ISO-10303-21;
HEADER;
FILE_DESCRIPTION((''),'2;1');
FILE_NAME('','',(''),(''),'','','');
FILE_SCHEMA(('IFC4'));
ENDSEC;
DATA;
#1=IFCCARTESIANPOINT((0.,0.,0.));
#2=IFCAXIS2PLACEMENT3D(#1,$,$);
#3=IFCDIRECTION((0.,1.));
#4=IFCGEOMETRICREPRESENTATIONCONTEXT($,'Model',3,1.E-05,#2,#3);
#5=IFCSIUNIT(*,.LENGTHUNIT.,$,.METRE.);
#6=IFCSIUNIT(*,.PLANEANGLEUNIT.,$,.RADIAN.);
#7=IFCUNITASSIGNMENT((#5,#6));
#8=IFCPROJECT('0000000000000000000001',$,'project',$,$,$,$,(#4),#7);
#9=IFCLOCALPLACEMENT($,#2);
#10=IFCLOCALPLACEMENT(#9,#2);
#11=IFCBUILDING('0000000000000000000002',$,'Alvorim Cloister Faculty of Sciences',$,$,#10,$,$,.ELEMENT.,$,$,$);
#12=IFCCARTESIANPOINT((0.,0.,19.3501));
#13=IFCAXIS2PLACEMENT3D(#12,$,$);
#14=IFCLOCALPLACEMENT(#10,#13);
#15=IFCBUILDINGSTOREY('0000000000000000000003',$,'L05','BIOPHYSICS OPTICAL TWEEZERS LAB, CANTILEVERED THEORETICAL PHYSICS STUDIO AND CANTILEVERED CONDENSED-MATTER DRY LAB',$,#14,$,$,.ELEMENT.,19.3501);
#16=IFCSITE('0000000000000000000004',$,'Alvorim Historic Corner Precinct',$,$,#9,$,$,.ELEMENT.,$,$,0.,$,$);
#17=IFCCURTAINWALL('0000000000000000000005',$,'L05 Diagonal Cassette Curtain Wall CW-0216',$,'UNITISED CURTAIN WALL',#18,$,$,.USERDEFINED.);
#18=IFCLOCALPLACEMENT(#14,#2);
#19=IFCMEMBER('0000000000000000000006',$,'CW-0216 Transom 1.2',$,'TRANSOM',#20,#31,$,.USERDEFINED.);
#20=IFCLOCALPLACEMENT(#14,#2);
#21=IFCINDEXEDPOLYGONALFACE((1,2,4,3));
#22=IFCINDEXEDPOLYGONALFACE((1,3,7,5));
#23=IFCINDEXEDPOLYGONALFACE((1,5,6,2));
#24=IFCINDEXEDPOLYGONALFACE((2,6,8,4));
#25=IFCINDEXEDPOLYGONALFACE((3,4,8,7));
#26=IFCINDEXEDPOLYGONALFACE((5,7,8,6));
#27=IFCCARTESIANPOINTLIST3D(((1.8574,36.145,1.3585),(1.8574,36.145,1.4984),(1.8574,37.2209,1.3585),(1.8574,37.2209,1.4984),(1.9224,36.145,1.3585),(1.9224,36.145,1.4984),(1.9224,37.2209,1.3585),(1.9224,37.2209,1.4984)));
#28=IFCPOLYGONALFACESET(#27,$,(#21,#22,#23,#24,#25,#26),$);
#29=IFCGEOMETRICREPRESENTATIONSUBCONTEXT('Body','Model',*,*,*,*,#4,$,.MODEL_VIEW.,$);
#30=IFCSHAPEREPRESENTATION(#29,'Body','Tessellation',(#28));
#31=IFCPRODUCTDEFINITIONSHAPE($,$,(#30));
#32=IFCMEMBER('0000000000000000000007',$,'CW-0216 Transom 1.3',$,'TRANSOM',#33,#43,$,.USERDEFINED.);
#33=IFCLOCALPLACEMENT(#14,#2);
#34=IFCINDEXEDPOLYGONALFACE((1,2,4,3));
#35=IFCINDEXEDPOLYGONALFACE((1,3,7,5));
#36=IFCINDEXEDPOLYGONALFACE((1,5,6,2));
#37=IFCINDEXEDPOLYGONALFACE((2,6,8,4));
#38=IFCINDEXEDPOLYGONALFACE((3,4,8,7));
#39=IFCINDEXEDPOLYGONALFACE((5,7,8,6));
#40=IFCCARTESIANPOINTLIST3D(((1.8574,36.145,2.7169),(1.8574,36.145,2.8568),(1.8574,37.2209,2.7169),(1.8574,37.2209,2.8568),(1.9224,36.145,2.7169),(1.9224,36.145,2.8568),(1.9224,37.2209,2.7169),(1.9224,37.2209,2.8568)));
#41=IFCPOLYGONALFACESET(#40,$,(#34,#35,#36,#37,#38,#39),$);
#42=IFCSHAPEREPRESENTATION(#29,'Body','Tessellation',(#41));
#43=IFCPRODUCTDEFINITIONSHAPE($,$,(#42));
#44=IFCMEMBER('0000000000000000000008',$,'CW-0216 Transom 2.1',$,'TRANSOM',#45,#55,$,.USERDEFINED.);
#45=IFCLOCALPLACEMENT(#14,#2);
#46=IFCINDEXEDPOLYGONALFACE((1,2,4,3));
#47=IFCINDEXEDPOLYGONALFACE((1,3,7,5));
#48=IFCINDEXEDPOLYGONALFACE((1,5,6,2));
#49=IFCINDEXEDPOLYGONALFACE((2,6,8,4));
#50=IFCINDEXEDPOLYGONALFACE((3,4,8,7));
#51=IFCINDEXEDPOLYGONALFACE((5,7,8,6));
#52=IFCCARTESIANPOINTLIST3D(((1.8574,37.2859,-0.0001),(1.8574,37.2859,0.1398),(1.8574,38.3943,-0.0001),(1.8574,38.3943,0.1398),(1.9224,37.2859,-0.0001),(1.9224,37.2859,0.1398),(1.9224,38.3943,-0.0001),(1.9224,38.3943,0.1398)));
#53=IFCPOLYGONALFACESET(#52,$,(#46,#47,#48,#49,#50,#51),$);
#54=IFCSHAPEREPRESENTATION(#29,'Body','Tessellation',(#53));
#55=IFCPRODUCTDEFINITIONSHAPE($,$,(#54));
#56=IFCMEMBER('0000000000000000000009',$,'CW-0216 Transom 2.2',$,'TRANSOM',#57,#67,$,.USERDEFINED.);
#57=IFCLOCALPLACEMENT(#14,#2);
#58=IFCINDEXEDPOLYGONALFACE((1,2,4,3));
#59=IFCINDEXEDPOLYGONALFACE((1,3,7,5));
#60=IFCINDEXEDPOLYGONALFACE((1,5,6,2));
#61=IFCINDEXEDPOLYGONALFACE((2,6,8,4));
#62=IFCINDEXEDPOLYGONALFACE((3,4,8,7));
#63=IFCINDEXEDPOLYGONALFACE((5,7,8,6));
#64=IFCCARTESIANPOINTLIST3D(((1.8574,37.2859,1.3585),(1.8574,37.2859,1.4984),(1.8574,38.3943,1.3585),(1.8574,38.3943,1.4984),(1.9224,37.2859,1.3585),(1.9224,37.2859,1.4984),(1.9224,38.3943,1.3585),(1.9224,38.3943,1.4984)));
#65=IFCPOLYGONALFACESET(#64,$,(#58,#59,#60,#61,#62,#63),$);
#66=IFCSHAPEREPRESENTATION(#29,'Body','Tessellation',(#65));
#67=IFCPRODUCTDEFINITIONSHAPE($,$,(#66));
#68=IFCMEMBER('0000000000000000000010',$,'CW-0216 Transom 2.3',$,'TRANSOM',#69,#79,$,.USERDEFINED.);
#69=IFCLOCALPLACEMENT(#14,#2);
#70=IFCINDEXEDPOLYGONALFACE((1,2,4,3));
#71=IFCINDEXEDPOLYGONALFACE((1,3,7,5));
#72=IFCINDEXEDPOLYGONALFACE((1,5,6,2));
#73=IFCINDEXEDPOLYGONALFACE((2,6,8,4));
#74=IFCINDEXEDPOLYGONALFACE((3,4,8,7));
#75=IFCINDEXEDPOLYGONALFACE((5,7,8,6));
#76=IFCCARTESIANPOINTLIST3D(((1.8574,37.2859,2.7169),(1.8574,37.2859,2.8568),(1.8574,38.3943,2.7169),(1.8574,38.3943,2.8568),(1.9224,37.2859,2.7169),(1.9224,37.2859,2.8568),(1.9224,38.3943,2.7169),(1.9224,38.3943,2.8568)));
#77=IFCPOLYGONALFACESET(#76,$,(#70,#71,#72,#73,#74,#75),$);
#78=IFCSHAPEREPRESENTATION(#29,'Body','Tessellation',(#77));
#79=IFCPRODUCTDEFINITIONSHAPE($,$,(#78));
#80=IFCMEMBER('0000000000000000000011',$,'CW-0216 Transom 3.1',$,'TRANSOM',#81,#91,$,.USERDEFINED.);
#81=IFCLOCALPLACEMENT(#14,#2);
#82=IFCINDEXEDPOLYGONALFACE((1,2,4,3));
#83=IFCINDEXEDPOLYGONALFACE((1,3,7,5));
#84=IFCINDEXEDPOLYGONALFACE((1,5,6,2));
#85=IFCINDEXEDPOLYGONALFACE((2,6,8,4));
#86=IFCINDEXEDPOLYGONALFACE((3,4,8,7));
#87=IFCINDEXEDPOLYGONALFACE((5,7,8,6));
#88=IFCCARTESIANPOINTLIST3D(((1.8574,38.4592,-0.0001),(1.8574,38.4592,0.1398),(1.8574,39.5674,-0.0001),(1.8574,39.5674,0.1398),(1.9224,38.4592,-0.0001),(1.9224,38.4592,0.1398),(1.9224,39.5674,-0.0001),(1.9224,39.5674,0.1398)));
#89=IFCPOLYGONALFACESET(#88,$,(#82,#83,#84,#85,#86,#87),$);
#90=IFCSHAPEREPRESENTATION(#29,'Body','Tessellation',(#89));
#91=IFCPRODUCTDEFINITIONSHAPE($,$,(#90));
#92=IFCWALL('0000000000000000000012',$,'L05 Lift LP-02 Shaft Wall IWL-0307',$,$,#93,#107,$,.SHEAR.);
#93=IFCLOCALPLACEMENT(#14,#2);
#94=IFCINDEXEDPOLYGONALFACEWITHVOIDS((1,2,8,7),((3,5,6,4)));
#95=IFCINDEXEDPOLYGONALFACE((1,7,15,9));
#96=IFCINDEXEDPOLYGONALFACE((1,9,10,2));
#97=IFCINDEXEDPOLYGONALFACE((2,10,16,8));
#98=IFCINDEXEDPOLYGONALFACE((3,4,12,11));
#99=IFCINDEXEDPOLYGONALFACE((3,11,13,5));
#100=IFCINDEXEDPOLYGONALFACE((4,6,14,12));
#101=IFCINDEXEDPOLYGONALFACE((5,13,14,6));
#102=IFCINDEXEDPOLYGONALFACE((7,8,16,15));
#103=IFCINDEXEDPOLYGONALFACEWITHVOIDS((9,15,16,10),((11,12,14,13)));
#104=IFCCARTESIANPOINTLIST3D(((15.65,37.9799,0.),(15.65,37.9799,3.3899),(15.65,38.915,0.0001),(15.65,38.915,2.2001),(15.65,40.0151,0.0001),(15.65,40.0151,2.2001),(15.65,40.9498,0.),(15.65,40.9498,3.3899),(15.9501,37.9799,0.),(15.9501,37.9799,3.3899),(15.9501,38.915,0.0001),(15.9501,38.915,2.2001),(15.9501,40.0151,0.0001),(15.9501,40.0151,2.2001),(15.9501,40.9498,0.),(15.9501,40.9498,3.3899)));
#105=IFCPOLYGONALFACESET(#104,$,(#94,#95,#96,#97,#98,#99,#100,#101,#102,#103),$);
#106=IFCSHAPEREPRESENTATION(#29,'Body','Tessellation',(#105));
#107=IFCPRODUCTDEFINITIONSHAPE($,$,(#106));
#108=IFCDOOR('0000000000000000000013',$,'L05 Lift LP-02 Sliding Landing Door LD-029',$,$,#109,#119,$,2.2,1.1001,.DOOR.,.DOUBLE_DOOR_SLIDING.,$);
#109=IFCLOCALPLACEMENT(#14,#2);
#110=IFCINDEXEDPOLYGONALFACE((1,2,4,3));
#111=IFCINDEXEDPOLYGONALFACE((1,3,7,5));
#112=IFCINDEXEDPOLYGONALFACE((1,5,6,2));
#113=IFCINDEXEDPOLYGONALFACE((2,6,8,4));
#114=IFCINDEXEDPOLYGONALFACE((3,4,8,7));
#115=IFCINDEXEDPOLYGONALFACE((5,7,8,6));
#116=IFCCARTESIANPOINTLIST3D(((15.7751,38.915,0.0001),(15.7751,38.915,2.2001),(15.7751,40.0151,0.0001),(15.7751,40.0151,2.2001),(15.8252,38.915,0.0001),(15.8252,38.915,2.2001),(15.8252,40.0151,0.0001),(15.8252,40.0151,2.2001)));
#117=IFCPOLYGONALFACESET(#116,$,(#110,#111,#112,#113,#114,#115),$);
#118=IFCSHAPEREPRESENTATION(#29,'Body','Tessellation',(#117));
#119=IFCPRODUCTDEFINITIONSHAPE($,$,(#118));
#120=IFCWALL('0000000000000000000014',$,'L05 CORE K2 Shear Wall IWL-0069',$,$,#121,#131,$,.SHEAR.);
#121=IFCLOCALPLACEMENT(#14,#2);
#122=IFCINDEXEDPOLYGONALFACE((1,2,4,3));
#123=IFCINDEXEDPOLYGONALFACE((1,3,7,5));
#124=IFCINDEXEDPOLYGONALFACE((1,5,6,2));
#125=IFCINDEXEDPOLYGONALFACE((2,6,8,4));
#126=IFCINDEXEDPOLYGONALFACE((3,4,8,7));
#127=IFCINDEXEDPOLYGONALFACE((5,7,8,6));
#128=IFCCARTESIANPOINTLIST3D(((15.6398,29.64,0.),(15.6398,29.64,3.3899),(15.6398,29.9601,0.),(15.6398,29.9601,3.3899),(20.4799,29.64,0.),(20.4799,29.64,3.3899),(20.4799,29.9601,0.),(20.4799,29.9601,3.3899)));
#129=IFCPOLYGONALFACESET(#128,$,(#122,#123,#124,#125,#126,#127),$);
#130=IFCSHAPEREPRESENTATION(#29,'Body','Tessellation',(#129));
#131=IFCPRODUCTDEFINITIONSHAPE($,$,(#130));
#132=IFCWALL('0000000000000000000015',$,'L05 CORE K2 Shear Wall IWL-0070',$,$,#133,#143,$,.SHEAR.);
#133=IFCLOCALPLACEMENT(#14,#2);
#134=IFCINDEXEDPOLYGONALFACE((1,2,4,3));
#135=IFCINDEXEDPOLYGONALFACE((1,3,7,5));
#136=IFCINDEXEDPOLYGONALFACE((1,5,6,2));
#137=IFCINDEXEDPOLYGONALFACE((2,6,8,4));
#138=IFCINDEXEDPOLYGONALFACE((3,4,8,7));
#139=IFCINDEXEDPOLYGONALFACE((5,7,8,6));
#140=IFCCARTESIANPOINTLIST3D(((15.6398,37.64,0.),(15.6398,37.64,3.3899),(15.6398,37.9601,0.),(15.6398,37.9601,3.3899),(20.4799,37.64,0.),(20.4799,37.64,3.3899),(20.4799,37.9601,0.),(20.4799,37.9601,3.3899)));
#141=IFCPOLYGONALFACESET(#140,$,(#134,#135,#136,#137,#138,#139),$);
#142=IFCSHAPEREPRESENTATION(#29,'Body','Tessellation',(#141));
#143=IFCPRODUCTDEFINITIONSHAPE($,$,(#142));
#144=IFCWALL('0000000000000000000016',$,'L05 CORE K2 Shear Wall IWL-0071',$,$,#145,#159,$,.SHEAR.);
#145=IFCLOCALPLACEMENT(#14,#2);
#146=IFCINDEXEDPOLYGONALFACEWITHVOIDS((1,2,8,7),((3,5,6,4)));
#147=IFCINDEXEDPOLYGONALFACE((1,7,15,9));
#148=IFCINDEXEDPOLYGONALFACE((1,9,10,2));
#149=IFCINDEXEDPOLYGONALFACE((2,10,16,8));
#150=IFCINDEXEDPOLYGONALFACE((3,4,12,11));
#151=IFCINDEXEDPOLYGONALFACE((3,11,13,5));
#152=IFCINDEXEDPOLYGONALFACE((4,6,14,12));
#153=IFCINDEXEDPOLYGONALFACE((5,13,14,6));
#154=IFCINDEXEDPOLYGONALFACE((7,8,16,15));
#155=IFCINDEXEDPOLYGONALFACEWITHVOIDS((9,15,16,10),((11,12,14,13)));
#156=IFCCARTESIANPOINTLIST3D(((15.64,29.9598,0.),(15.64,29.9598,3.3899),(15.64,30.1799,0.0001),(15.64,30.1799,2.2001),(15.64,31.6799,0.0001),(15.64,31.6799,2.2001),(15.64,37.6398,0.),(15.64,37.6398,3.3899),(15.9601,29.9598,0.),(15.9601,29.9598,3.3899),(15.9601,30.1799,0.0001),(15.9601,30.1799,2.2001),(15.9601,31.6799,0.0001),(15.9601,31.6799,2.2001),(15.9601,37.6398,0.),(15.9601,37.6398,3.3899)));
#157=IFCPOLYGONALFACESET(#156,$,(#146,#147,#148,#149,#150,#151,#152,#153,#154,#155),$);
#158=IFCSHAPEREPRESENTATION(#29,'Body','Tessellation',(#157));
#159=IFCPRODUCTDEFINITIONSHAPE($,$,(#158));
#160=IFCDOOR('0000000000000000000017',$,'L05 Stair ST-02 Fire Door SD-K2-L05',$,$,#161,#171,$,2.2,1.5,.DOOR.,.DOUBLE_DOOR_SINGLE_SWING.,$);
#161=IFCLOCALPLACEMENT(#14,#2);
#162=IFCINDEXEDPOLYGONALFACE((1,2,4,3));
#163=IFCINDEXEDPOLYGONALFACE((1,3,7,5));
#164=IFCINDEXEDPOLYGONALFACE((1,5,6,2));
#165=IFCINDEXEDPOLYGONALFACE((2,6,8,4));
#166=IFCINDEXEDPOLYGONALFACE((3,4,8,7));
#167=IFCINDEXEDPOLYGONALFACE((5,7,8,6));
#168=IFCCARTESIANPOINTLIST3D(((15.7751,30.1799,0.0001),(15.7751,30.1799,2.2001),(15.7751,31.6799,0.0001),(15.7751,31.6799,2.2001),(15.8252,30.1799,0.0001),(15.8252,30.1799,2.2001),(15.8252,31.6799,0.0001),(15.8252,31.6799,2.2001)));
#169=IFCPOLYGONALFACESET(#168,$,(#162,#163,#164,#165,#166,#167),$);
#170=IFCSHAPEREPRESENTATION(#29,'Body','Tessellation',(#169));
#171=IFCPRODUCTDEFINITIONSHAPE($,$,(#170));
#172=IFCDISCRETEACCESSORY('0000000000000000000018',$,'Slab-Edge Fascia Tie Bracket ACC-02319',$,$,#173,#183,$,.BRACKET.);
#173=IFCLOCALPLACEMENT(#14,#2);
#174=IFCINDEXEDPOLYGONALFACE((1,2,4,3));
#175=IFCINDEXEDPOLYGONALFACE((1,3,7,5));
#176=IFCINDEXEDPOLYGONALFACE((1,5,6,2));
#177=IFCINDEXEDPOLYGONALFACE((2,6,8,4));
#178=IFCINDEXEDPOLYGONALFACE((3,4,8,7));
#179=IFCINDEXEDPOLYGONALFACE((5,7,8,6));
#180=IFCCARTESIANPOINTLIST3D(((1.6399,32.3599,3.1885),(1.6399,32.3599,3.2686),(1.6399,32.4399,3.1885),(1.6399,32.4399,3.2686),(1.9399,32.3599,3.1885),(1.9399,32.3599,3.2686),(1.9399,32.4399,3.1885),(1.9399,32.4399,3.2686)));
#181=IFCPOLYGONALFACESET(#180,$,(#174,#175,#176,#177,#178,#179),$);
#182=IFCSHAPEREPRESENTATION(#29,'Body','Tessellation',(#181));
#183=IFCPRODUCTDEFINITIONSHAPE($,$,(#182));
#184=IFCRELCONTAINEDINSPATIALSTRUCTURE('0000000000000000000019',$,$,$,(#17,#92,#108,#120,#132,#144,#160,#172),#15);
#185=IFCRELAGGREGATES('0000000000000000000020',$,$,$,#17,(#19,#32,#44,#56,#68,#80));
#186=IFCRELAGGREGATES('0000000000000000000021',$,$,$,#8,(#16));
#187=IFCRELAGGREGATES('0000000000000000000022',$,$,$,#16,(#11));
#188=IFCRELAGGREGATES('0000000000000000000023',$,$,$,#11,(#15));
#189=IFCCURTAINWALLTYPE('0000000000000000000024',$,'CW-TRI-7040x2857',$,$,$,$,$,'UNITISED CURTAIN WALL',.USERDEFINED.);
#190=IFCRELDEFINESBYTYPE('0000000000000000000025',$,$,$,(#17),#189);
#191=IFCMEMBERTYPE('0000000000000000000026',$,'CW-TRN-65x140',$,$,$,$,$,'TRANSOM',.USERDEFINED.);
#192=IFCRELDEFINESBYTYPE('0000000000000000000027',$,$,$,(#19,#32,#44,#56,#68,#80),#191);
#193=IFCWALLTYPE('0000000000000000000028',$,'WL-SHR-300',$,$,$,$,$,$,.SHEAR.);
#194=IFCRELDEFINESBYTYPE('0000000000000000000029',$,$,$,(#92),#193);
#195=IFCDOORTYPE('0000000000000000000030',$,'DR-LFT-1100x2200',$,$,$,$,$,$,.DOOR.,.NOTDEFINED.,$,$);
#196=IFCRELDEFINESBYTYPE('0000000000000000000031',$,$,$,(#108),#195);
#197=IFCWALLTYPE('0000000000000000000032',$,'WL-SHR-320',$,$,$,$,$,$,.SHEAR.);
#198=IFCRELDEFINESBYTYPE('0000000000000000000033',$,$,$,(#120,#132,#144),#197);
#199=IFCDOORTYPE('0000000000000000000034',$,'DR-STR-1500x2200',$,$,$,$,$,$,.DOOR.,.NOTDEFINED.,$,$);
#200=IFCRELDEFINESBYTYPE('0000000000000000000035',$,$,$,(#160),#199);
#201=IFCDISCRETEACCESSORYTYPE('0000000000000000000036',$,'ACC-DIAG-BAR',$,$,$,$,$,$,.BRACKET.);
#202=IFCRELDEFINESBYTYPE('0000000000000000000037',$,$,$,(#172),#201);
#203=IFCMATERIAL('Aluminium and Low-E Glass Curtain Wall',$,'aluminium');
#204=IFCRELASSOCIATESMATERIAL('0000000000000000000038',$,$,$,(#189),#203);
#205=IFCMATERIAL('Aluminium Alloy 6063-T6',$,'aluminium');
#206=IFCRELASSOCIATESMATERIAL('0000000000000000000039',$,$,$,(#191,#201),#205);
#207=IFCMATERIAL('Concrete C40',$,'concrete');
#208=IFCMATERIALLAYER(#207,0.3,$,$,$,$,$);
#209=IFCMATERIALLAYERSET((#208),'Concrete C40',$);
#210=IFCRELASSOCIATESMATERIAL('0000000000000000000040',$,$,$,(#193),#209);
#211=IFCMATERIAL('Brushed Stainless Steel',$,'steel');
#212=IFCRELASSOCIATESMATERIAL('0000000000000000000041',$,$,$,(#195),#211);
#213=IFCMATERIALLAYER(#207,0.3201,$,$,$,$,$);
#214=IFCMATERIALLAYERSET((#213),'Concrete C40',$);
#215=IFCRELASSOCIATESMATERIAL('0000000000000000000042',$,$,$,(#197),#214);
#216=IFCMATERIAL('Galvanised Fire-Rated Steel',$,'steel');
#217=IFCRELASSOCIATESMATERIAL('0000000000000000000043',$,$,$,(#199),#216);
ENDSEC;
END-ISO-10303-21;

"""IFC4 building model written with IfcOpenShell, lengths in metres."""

from ifc_helpers import new_model, si_unit, direction, frame, frame_2d, origin, origin_2d, place, context, subcontext, project, spatial, rectangle, extrude, material, layer, layer_set, material_profile, profile_set, type_object, element, fill, aggregate, save


model = new_model("IFC4")

# Units and contexts
model_context = context("Model", 3, precision=1e-05, world=origin(), true_north=direction((0.0, 1.0)))
body_context = subcontext(model_context, "Body", "Model", "MODEL_VIEW")
ifc_project = project(units=[si_unit("LENGTHUNIT", "METRE"), si_unit("PLANEANGLEUNIT", "RADIAN")], contexts=[model_context])

# Site, building, storey
site_placement = place(None, origin())
site = spatial("IfcSite", under=ifc_project, at=site_placement, Name="Alvorim Historic Corner Precinct", CompositionType="ELEMENT", RefElevation=0.0)
building_placement = place(site_placement, origin())
building = spatial("IfcBuilding", under=site, at=building_placement, Name="Alvorim Cloister Faculty of Sciences", CompositionType="ELEMENT")
storey_placement = place(building_placement, frame((0.0, 0.0, 19.3501)))
storey = spatial("IfcBuildingStorey", under=building, at=storey_placement, Name="L05", Description="BIOPHYSICS OPTICAL TWEEZERS LAB, CANTILEVERED THEORETICAL PHYSICS STUDIO AND CANTILEVERED CONDENSED-MATTER DRY LAB", CompositionType="ELEMENT", Elevation=19.3501)

# Curtain wall, members
ifc_material_1 = material(Name="Aluminium and Low-E Glass Curtain Wall", Category="aluminium")
curtain_wall_type = type_object("IfcCurtainWallType", Name="CW-TRI-7040x2857", ElementType="UNITISED CURTAIN WALL", PredefinedType="USERDEFINED", material=ifc_material_1)
curtain_wall_placement = place(storey_placement, origin())
curtain_wall = element("IfcCurtainWall", 1, at=curtain_wall_placement, inside=storey, type_object=curtain_wall_type, Name="L05 Diagonal Cassette Curtain Wall CW-0216", ObjectType="UNITISED CURTAIN WALL", PredefinedType="USERDEFINED")
ifc_material_2 = material(Name="Aluminium Alloy 6063-T6", Category="aluminium")
ifc_material_profile_1 = material_profile(ifc_material_2, rectangle(XDim=0.0649, YDim=0.1399, at=origin_2d()), Name="ALU-TRN-65x140")
ifc_profile_set_1 = profile_set([ifc_material_profile_1], Name="Aluminium Alloy 6063-T6")
member_type_1 = type_object("IfcMemberType", Name="CW-TRN-65x140", ElementType="TRANSOM", PredefinedType="USERDEFINED", material=ifc_profile_set_1)
member_1_placement = place(storey_placement, frame((1.8899, 36.145, 1.4285), z_axis=(0.0, 1.0, 0.0), x_axis=(-1.0, 0.0, 0.0)))
member_1 = element("IfcMember", 2, at=member_1_placement, type_object=member_type_1, Name="CW-0216 Transom 1.2", ObjectType="TRANSOM", PredefinedType="USERDEFINED", context=body_context, shape_type="SweptSolid", body=[
    extrude(rectangle(XDim=0.0649, YDim=0.1399, at=origin_2d()), origin(), (0.0, 0.0, 1.0), 1.0759),
])
member_2_placement = place(storey_placement, frame((1.8899, 36.145, 2.7869), z_axis=(0.0, 1.0, 0.0), x_axis=(-1.0, 0.0, 0.0)))
member_2 = element("IfcMember", 3, at=member_2_placement, type_object=member_type_1, Name="CW-0216 Transom 1.3", ObjectType="TRANSOM", PredefinedType="USERDEFINED", context=body_context, shape_type="SweptSolid", body=[
    extrude(rectangle(XDim=0.0649, YDim=0.1399, at=origin_2d()), origin(), (0.0, 0.0, 1.0), 1.0759),
])
member_3_placement = place(storey_placement, frame((1.8899, 37.2859, 0.0698), z_axis=(0.0, 1.0, 0.0), x_axis=(-1.0, 0.0, 0.0)))
member_3 = element("IfcMember", 4, at=member_3_placement, type_object=member_type_1, Name="CW-0216 Transom 2.1", ObjectType="TRANSOM", PredefinedType="USERDEFINED", context=body_context, shape_type="SweptSolid", body=[
    extrude(rectangle(XDim=0.0649, YDim=0.1399, at=origin_2d()), origin(), (0.0, 0.0, 1.0), 1.1084),
])
member_4_placement = place(storey_placement, frame((1.8899, 37.2859, 1.4285), z_axis=(0.0, 1.0, 0.0), x_axis=(-1.0, 0.0, 0.0)))
member_4 = element("IfcMember", 5, at=member_4_placement, type_object=member_type_1, Name="CW-0216 Transom 2.2", ObjectType="TRANSOM", PredefinedType="USERDEFINED", context=body_context, shape_type="SweptSolid", body=[
    extrude(rectangle(XDim=0.0649, YDim=0.1399, at=origin_2d()), origin(), (0.0, 0.0, 1.0), 1.1084),
])
member_5_placement = place(storey_placement, frame((1.8899, 37.2859, 2.7869), z_axis=(0.0, 1.0, 0.0), x_axis=(-1.0, 0.0, 0.0)))
member_5 = element("IfcMember", 6, at=member_5_placement, type_object=member_type_1, Name="CW-0216 Transom 2.3", ObjectType="TRANSOM", PredefinedType="USERDEFINED", context=body_context, shape_type="SweptSolid", body=[
    extrude(rectangle(XDim=0.0649, YDim=0.1399, at=origin_2d()), origin(), (0.0, 0.0, 1.0), 1.1084),
])
member_6_placement = place(storey_placement, frame((1.8899, 38.4592, 0.0698), z_axis=(0.0, 1.0, 0.0), x_axis=(-1.0, 0.0, 0.0)))
member_6 = element("IfcMember", 7, at=member_6_placement, type_object=member_type_1, Name="CW-0216 Transom 3.1", ObjectType="TRANSOM", PredefinedType="USERDEFINED", context=body_context, shape_type="SweptSolid", body=[
    extrude(rectangle(XDim=0.0649, YDim=0.1399, at=origin_2d()), origin(), (0.0, 0.0, 1.0), 1.1082),
])
aggregate(curtain_wall, [member_1, member_2, member_3, member_4, member_5, member_6])

# Wall, opening, door
ifc_material_3 = material(Name="Concrete C40", Category="concrete")
ifc_layer_1 = layer(ifc_material_3, 0.3)
ifc_layer_set_1 = layer_set([ifc_layer_1], Name="Concrete C40")
wall_type_1 = type_object("IfcWallType", Name="WL-SHR-300", PredefinedType="SHEAR", material=ifc_layer_set_1)
wall_1_placement = place(storey_placement, frame((15.8, 37.98, 0.0), z_axis=(0.0, 0.0, 1.0), x_axis=(0.0, 1.0, 0.0)))
wall_1 = element("IfcWall", 8, at=wall_1_placement, inside=storey, type_object=wall_type_1, Name="L05 Lift LP-02 Shaft Wall IWL-0307", PredefinedType="SHEAR", context=body_context, shape_type="SweptSolid", body=[
    extrude(rectangle(XDim=2.97, YDim=0.3, at=frame_2d((1.4849, 0.0))), origin(), (0.0, 0.0, 1.0), 3.3899),
])
opening_1_placement = place(wall_1_placement, frame((0.9351, 0.0, 0.0)))
opening_1 = element("IfcOpeningElement", 9, at=opening_1_placement, cuts=wall_1, PredefinedType="OPENING", context=body_context, shape_type="SweptSolid", body=[
    extrude(rectangle(XDim=1.1001, YDim=2.2, at=frame_2d((0.55, 1.1001))), frame((0.0, 0.1621, 0.0), z_axis=(0.0, -1.0, 0.0), x_axis=(1.0, 0.0, 0.0)), (0.0, 0.0, 1.0), 0.324),
])
ifc_material_4 = material(Name="Brushed Stainless Steel", Category="steel")
door_type_1 = type_object("IfcDoorType", Name="DR-LFT-1100x2200", OperationType="NOTDEFINED", PredefinedType="DOOR", material=ifc_material_4)
door_1_placement = place(opening_1_placement, origin())
door_1 = element("IfcDoor", 10, at=door_1_placement, inside=storey, type_object=door_type_1, Name="L05 Lift LP-02 Sliding Landing Door LD-029", OperationType="DOUBLE_DOOR_SLIDING", OverallHeight=2.2, OverallWidth=1.1001, PredefinedType="DOOR", context=body_context, shape_type="SweptSolid", body=[
    extrude(rectangle(XDim=1.1001, YDim=2.2, at=frame_2d((0.55, 1.1001))), frame((0.0, 0.0249, 0.0), z_axis=(0.0, -1.0, 0.0), x_axis=(1.0, 0.0, 0.0)), (0.0, 0.0, 1.0), 0.05),
])
fill(opening_1, door_1)

# Walls
ifc_layer_2 = layer(ifc_material_3, 0.3201)
ifc_layer_set_2 = layer_set([ifc_layer_2], Name="Concrete C40")
wall_type_2 = type_object("IfcWallType", Name="WL-SHR-320", PredefinedType="SHEAR", material=ifc_layer_set_2)
for number, where, z_axis, x_axis, name in (
    (11, (15.6399, 29.8, 0.0), (0.0, 0.0, 1.0), (1.0, 0.0, 0.0), "L05 CORE K2 Shear Wall IWL-0069"),
    (12, (15.6399, 37.8, 0.0), (0.0, 0.0, 1.0), (1.0, 0.0, 0.0), "L05 CORE K2 Shear Wall IWL-0070"),
):
    element("IfcWall", number, at=place(storey_placement, frame(where, z_axis=z_axis, x_axis=x_axis)), inside=storey, type_object=wall_type_2, Name=name, PredefinedType="SHEAR", context=body_context, shape_type="SweptSolid", body=[
        extrude(rectangle(XDim=4.8401, YDim=0.3201, at=frame_2d((2.4199, 0.0))), origin(), (0.0, 0.0, 1.0), 3.3899),
    ])

# Wall, opening, door
wall_2_placement = place(storey_placement, frame((15.8, 29.96, 0.0), z_axis=(0.0, 0.0, 1.0), x_axis=(0.0, 1.0, 0.0)))
wall_2 = element("IfcWall", 13, at=wall_2_placement, inside=storey, type_object=wall_type_2, Name="L05 CORE K2 Shear Wall IWL-0071", PredefinedType="SHEAR", context=body_context, shape_type="SweptSolid", body=[
    extrude(rectangle(XDim=7.6799, YDim=0.3201, at=frame_2d((3.8398, 0.0))), origin(), (0.0, 0.0, 1.0), 3.3899),
])
opening_2_placement = place(wall_2_placement, frame((0.22, 0.0, 0.0)))
opening_2 = element("IfcOpeningElement", 14, at=opening_2_placement, cuts=wall_2, PredefinedType="OPENING", context=body_context, shape_type="SweptSolid", body=[
    extrude(rectangle(XDim=1.5, YDim=2.2, at=frame_2d((0.75, 1.1001))), frame((0.0, 0.1719, 0.0), z_axis=(0.0, -1.0, 0.0), x_axis=(1.0, 0.0, 0.0)), (0.0, 0.0, 1.0), 0.344),
])
ifc_material_5 = material(Name="Galvanised Fire-Rated Steel", Category="steel")
door_type_2 = type_object("IfcDoorType", Name="DR-STR-1500x2200", OperationType="NOTDEFINED", PredefinedType="DOOR", material=ifc_material_5)
door_2_placement = place(opening_2_placement, origin())
door_2 = element("IfcDoor", 15, at=door_2_placement, inside=storey, type_object=door_type_2, Name="L05 Stair ST-02 Fire Door SD-K2-L05", OperationType="DOUBLE_DOOR_SINGLE_SWING", OverallHeight=2.2, OverallWidth=1.5, PredefinedType="DOOR", context=body_context, shape_type="SweptSolid", body=[
    extrude(rectangle(XDim=1.5, YDim=2.2, at=frame_2d((0.75, 1.1001))), frame((0.0, 0.0249, 0.0), z_axis=(0.0, -1.0, 0.0), x_axis=(1.0, 0.0, 0.0)), (0.0, 0.0, 1.0), 0.05),
])
fill(opening_2, door_2)

# Discrete accessory
discrete_accessory_type = type_object("IfcDiscreteAccessoryType", Name="ACC-DIAG-BAR", PredefinedType="BRACKET", material=ifc_material_2)
discrete_accessory_placement = place(storey_placement, frame((1.9399, 32.3999, 3.2285), z_axis=(-1.0, 0.0, 0.0), x_axis=(0.0, -1.0, 0.0)))
element("IfcDiscreteAccessory", 16, at=discrete_accessory_placement, inside=storey, type_object=discrete_accessory_type, Name="Slab-Edge Fascia Tie Bracket ACC-02319", PredefinedType="BRACKET", context=body_context, shape_type="SweptSolid", body=[
    extrude(rectangle(XDim=0.0801, YDim=0.0801, at=origin_2d()), origin(), (0.0, 0.0, 1.0), 0.3),
])

save(model, "model.ifc")
